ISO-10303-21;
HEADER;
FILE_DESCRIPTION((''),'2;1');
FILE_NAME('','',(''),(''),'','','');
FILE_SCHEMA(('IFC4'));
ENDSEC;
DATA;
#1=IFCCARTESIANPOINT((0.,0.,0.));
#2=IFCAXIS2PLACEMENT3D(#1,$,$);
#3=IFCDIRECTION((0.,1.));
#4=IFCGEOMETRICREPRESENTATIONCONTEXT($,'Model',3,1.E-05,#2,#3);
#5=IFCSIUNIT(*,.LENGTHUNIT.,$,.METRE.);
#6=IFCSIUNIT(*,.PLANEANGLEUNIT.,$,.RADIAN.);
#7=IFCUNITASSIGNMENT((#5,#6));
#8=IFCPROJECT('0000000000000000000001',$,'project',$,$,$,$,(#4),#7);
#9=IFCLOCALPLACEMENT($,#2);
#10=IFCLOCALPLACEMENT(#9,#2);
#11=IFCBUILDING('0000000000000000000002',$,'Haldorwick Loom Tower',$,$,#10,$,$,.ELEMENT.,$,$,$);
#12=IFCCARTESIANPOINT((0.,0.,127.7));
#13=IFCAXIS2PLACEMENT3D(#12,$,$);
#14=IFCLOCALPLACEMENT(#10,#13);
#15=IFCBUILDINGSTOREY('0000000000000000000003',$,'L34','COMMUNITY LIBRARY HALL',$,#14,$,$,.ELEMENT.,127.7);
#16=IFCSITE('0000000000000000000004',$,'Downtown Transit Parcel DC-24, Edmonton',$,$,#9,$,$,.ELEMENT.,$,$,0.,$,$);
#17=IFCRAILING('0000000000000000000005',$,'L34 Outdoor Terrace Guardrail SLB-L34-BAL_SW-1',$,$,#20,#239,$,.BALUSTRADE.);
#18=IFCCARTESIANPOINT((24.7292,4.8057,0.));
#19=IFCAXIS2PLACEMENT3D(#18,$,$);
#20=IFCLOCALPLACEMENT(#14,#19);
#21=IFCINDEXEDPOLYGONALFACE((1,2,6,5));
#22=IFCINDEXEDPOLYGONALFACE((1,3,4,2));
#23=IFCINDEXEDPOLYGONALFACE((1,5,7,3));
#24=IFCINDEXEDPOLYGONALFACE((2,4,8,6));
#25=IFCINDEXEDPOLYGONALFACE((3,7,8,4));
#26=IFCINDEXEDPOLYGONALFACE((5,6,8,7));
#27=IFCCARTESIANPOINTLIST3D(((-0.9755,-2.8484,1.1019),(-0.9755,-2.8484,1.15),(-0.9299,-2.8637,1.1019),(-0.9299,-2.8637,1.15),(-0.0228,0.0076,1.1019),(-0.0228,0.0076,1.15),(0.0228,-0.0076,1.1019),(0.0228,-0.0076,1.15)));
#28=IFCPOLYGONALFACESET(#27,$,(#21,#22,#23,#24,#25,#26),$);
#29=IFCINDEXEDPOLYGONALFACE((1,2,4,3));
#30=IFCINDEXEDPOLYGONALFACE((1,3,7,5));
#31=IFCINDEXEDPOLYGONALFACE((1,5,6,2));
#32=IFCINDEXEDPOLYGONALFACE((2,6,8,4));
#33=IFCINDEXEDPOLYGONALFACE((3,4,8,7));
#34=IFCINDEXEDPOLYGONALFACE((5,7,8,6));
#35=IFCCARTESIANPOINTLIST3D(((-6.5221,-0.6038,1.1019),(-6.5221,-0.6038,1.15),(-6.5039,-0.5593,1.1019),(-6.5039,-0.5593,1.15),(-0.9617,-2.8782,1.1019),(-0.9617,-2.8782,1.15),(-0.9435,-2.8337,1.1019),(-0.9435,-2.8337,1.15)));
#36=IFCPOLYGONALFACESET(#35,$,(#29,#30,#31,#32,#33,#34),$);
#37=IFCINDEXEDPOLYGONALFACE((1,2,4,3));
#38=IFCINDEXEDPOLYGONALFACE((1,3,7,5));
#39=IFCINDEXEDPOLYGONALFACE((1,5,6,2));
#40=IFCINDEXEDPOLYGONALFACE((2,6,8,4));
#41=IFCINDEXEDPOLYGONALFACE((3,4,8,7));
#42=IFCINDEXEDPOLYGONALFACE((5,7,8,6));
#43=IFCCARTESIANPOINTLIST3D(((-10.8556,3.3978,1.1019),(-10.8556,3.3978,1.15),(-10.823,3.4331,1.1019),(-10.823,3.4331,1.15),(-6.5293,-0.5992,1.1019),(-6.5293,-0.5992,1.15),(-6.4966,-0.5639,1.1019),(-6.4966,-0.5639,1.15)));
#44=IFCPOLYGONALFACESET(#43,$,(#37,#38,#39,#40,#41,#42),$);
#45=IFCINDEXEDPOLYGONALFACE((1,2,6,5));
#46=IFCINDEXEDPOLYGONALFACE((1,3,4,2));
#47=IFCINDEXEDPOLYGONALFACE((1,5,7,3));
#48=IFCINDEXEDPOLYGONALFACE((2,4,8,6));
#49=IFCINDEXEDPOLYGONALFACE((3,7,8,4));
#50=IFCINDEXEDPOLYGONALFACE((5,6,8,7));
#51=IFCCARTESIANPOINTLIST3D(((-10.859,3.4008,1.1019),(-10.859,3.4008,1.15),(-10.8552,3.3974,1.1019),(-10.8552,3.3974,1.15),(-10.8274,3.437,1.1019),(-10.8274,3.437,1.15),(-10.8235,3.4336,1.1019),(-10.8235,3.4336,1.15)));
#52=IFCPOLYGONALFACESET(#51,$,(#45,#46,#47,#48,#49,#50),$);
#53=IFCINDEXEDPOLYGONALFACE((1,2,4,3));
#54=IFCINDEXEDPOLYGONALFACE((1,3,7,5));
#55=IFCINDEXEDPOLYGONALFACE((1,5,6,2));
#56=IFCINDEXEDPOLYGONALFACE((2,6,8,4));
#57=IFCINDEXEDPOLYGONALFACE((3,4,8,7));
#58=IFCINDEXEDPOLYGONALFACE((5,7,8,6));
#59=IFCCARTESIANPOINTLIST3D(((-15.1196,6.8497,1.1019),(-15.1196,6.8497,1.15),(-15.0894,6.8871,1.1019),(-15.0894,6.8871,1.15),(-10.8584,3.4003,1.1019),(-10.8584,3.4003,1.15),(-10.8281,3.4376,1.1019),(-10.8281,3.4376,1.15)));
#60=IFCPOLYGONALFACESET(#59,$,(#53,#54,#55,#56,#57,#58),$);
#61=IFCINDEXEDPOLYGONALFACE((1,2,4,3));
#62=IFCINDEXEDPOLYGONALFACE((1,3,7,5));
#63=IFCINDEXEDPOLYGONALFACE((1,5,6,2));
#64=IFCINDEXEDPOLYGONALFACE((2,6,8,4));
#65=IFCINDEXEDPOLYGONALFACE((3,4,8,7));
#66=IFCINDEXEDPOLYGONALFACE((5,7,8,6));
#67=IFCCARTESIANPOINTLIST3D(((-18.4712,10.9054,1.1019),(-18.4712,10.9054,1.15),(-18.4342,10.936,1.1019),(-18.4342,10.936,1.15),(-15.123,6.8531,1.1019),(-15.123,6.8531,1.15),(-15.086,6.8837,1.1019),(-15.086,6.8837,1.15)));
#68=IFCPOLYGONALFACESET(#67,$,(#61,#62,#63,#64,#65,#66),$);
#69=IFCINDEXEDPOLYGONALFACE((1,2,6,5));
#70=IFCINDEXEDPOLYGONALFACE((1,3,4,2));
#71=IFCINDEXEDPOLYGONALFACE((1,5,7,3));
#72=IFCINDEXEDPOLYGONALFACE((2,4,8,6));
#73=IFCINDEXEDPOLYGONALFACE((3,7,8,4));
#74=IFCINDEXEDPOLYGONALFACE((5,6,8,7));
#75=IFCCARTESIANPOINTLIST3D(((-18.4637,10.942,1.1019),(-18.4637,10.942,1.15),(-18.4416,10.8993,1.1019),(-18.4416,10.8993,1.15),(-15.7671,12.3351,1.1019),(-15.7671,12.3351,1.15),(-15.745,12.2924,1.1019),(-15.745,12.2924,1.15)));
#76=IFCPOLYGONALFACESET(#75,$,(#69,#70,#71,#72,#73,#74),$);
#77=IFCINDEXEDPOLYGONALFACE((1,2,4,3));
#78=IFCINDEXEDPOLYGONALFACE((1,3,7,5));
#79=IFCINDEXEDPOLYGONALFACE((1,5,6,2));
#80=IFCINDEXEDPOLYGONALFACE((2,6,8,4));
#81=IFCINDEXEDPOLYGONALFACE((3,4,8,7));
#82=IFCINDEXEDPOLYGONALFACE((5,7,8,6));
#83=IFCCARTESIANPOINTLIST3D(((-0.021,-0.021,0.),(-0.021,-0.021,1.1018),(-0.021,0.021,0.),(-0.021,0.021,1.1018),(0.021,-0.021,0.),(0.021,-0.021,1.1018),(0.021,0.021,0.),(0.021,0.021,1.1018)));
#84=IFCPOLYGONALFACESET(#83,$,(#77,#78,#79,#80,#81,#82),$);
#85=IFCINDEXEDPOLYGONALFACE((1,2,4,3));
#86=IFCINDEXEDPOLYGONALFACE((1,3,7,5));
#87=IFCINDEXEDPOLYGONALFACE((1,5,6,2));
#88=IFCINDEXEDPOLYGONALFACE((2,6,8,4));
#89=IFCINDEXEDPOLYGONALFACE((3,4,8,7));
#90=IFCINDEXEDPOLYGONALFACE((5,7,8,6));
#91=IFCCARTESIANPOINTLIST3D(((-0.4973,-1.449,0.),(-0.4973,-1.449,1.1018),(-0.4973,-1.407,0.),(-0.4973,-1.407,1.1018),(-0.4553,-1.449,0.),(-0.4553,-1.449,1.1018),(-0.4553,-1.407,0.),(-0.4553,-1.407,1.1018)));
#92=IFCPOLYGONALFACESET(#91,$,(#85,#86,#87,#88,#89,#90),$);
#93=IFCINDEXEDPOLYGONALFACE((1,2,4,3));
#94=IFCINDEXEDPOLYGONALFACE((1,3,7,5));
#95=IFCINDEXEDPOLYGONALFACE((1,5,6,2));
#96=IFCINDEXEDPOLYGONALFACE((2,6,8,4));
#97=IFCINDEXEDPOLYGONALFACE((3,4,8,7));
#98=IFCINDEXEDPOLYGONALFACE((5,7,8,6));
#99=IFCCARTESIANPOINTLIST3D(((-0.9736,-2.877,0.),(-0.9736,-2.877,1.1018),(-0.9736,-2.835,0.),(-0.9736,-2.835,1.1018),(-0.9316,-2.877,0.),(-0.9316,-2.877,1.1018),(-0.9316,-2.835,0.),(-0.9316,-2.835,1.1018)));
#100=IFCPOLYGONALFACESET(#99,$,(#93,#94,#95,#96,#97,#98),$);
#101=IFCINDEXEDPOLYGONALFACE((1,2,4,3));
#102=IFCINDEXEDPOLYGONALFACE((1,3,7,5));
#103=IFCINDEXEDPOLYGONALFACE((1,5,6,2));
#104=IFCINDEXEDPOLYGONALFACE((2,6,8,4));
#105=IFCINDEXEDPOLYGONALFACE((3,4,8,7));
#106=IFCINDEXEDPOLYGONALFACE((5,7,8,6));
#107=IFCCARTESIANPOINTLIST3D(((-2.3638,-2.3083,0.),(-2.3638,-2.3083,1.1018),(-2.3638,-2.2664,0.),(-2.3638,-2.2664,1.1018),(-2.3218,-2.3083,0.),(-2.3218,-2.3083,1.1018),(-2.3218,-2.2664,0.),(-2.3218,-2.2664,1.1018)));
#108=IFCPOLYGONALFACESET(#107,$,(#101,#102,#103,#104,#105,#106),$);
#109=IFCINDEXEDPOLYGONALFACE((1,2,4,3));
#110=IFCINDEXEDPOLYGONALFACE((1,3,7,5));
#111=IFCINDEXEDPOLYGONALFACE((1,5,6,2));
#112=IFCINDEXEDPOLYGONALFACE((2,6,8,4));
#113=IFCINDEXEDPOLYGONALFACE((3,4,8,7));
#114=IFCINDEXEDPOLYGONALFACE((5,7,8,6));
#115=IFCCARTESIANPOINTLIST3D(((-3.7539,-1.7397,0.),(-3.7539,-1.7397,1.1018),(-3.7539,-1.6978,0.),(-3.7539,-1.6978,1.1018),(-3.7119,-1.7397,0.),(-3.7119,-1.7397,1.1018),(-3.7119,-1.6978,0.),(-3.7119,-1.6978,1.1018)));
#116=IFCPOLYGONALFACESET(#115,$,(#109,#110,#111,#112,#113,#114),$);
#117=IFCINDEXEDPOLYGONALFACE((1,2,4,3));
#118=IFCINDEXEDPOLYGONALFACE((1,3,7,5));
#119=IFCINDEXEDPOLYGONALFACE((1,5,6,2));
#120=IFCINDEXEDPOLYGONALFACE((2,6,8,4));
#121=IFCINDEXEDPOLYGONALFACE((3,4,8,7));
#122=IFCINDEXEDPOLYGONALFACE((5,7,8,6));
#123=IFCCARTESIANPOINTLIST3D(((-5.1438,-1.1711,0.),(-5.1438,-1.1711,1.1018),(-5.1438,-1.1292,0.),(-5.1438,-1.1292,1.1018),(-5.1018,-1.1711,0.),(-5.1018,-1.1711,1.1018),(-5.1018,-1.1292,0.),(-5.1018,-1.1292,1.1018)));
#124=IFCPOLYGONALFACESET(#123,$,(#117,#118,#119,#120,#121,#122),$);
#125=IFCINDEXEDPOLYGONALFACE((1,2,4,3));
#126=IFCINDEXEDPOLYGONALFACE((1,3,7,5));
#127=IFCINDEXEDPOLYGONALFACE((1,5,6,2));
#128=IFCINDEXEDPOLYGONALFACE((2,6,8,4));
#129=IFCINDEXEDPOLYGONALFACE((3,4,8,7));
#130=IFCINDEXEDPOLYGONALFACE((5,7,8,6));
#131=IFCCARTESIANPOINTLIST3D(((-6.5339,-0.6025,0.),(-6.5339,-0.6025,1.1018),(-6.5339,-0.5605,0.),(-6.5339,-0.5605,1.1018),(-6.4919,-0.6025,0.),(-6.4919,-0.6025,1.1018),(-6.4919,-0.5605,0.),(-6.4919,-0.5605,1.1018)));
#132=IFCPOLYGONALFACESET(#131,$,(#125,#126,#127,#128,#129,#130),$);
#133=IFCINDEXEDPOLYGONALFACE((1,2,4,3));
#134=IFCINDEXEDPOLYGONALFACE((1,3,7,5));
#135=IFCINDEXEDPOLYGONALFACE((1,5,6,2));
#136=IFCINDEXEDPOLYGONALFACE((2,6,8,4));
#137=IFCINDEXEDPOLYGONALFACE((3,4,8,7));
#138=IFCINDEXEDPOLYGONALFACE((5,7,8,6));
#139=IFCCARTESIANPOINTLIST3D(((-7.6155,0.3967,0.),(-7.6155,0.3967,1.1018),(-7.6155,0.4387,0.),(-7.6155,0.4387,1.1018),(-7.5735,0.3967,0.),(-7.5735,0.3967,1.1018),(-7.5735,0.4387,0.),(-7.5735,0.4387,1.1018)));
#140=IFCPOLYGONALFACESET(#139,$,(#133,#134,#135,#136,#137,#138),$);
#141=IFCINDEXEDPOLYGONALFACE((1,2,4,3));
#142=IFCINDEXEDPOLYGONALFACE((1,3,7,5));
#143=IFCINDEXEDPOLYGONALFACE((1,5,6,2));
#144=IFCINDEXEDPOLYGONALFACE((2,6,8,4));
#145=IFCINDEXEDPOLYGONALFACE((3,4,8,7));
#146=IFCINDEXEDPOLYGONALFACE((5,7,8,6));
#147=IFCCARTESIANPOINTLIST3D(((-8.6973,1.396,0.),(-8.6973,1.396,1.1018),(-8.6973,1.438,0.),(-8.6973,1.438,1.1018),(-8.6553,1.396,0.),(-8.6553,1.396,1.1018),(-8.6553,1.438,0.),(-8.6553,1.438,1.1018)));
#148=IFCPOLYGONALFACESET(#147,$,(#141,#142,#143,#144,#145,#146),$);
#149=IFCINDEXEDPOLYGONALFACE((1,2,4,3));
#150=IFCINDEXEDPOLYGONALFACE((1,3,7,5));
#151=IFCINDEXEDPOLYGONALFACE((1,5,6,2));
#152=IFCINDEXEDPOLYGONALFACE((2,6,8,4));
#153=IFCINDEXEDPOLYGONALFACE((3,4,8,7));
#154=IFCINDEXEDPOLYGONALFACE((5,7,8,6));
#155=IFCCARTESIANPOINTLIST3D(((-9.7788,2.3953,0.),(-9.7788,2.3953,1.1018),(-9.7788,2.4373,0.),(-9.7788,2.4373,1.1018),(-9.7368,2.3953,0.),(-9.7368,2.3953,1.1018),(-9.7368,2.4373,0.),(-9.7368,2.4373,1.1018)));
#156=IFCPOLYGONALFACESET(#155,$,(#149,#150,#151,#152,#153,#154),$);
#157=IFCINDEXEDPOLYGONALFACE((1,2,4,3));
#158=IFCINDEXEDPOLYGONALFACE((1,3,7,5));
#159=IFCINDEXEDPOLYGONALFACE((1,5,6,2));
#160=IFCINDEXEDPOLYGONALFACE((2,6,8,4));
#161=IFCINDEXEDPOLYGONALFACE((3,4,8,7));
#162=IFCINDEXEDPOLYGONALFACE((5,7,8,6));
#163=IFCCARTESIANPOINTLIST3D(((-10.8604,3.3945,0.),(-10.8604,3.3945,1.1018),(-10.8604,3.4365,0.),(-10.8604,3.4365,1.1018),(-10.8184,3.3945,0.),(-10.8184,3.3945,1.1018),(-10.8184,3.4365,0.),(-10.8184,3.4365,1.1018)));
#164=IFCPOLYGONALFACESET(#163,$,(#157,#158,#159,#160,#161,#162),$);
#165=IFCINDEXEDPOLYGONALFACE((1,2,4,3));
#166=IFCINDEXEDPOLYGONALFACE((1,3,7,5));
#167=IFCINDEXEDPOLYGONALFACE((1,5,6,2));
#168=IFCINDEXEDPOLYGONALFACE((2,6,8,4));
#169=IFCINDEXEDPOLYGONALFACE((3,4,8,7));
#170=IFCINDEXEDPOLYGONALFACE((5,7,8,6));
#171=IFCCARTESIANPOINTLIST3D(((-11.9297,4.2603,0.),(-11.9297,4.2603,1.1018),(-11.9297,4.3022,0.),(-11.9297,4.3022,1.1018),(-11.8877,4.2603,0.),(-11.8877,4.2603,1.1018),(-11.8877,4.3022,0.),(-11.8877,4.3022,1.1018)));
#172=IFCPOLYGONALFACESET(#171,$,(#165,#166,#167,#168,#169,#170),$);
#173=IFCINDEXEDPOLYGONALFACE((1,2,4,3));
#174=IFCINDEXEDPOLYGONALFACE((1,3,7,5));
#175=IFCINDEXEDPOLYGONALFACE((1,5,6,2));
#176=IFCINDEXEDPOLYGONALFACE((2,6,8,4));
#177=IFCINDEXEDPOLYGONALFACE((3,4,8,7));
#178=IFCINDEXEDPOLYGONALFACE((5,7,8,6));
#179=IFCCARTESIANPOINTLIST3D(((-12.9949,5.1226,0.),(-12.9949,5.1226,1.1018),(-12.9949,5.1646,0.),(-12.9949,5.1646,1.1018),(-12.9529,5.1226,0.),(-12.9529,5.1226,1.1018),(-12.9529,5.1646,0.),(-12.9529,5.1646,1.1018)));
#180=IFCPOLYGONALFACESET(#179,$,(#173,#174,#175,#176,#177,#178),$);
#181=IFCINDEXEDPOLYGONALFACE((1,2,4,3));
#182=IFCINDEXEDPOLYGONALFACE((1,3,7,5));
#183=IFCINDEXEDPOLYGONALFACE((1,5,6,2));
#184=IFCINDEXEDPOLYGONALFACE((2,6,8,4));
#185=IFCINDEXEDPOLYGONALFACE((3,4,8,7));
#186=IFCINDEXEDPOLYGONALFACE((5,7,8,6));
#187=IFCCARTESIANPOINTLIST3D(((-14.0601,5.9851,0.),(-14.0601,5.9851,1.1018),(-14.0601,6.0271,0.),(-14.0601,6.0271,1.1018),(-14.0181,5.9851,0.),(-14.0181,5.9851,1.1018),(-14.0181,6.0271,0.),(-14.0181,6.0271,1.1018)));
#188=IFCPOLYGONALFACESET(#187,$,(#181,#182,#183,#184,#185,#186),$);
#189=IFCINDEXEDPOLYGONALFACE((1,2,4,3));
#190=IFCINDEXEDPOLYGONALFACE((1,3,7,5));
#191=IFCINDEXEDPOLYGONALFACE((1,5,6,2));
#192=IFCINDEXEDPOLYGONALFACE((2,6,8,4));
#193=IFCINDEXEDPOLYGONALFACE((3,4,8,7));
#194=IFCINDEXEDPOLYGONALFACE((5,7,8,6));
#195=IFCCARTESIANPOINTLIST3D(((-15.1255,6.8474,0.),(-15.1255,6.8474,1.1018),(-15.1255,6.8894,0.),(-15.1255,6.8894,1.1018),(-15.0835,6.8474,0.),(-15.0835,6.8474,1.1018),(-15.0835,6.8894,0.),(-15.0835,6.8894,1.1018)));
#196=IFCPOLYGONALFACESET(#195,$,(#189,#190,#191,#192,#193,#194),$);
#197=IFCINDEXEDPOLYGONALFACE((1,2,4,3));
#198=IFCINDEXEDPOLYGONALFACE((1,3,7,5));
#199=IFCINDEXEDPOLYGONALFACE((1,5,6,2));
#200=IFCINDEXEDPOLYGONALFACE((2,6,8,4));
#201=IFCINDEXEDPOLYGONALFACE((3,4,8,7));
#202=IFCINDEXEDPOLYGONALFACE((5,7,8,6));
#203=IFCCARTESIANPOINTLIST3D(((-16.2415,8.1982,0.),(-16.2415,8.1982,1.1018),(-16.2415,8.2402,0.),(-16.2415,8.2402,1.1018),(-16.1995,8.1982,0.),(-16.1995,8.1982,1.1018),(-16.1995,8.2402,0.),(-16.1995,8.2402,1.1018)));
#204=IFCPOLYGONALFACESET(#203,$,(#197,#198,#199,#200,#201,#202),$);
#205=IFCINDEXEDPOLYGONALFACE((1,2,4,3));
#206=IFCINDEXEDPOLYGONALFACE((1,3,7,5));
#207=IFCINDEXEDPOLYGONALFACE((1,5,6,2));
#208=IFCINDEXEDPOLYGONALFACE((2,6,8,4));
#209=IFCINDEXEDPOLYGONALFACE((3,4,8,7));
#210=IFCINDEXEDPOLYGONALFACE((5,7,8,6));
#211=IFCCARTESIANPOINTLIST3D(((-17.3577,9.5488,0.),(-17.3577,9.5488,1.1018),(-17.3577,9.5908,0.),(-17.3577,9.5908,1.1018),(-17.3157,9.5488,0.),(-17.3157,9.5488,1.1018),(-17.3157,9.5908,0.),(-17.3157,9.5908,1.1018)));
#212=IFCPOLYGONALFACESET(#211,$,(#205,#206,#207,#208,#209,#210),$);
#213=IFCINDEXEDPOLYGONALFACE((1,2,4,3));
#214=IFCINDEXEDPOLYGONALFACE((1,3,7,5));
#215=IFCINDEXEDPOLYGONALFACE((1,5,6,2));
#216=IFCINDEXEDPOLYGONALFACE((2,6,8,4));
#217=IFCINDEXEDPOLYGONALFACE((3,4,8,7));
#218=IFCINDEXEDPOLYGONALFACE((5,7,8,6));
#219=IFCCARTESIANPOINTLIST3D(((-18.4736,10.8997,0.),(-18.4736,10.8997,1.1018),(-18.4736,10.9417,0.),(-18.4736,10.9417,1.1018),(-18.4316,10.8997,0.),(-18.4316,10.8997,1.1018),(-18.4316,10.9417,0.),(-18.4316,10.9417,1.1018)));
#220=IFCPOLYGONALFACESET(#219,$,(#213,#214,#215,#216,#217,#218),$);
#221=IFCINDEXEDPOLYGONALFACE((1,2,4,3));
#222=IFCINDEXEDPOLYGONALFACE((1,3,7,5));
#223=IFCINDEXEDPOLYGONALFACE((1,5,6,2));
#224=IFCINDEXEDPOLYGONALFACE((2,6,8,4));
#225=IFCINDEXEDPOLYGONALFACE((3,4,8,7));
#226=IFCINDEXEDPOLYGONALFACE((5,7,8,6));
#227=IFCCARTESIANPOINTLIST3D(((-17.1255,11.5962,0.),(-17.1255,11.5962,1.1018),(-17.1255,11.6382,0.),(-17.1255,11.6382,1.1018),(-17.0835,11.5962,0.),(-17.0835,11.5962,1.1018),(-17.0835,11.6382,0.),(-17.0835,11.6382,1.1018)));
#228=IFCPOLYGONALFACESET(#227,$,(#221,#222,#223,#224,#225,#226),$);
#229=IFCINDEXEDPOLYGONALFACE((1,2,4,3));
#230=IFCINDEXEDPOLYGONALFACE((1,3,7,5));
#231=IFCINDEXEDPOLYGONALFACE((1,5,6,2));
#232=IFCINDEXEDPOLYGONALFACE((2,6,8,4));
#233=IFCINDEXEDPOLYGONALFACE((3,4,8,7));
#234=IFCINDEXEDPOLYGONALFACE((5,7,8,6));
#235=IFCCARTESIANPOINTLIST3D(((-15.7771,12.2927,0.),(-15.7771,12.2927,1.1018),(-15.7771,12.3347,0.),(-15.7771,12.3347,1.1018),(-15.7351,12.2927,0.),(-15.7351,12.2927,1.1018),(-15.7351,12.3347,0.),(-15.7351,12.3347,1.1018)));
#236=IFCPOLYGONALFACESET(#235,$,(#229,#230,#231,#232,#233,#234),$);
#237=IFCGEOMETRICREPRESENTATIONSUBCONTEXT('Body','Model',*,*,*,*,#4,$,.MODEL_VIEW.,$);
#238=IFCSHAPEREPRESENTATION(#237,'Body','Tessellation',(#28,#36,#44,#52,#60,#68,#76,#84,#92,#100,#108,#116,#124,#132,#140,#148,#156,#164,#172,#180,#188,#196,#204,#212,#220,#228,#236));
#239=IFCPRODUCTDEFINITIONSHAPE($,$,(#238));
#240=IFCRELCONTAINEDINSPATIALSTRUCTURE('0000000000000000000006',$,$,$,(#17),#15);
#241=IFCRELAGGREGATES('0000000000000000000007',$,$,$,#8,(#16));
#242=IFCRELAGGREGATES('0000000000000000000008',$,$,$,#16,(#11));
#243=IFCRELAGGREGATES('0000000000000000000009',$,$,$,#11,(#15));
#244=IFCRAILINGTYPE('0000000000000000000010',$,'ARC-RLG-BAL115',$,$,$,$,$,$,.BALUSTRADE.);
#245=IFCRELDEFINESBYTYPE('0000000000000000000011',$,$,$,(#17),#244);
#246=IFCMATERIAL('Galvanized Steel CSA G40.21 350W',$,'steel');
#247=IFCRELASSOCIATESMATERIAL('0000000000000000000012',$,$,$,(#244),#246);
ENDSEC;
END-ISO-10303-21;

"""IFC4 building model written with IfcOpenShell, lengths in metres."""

from ifc_helpers import new_model, si_unit, direction, frame, origin, origin_2d, place, context, subcontext, project, spatial, rectangle, extrude, material, type_object, element, save


model = new_model("IFC4")

# Units and contexts
model_context = context("Model", 3, precision=1e-05, world=origin(), true_north=direction((0.0, 1.0)))
body_context = subcontext(model_context, "Body", "Model", "MODEL_VIEW")
ifc_project = project(units=[si_unit("LENGTHUNIT", "METRE"), si_unit("PLANEANGLEUNIT", "RADIAN")], contexts=[model_context])

# Site, building, storey
site_placement = place(None, origin())
site = spatial("IfcSite", under=ifc_project, at=site_placement, Name="Downtown Transit Parcel DC-24, Edmonton", CompositionType="ELEMENT", RefElevation=0.0)
building_placement = place(site_placement, origin())
building = spatial("IfcBuilding", under=site, at=building_placement, Name="Haldorwick Loom Tower", CompositionType="ELEMENT")
storey_placement = place(building_placement, frame((0.0, 0.0, 127.7)))
storey = spatial("IfcBuildingStorey", under=building, at=storey_placement, Name="L34", Description="COMMUNITY LIBRARY HALL", CompositionType="ELEMENT", Elevation=127.7)

# Railing
ifc_material_1 = material(Name="Galvanized Steel CSA G40.21 350W", Category="steel")
railing_type = type_object("IfcRailingType", Name="ARC-RLG-BAL115", PredefinedType="BALUSTRADE", material=ifc_material_1)
railing_placement = place(storey_placement, frame((24.7292, 4.8057, 0.0)))
element("IfcRailing", 1, at=railing_placement, inside=storey, type_object=railing_type, Name="L34 Outdoor Terrace Guardrail SLB-L34-BAL_SW-1", PredefinedType="BALUSTRADE", context=body_context, shape_type="SweptSolid", body=[
    extrude(rectangle(XDim=0.0481, YDim=0.0481, at=origin_2d()), frame((0.0, 0.0, 1.126), z_axis=(-0.316422, -0.948618, 0.0), x_axis=(0.948618, -0.316422, 0.0)), (0.0, 0.0, 1.0), 3.0107),
    extrude(rectangle(XDim=0.0481, YDim=0.0481, at=origin_2d()), frame((-0.9526, -2.856, 1.126), z_axis=(-0.925562, 0.378596, 0.0), x_axis=(-0.378596, -0.925562, 0.0)), (0.0, 0.0, 1.0), 6.0076),
    extrude(rectangle(XDim=0.0481, YDim=0.0481, at=origin_2d()), frame((-6.5129, -0.5815, 1.126), z_axis=(-0.734511, 0.678597, 0.0), x_axis=(-0.678597, -0.734511, 0.0)), (0.0, 0.0, 1.0), 5.8901),
    extrude(rectangle(XDim=0.0481, YDim=0.0481, at=origin_2d()), frame((-10.8394, 3.4155, 1.126), z_axis=(-0.752577, 0.658505, 0.0), x_axis=(-0.658505, -0.752577, 0.0)), (0.0, 0.0, 1.0), 0.0051),
    extrude(rectangle(XDim=0.0481, YDim=0.0481, at=origin_2d()), frame((-10.8433, 3.4189, 1.126), z_axis=(-0.777254, 0.629187, 0.0), x_axis=(-0.629187, -0.777254, 0.0)), (0.0, 0.0, 1.0), 5.4824),
    extrude(rectangle(XDim=0.0481, YDim=0.0481, at=origin_2d()), frame((-15.1045, 6.8684, 1.126), z_axis=(-0.636953, 0.770902, 0.0), x_axis=(-0.770902, -0.636953, 0.0)), (0.0, 0.0, 1.0), 5.2566),
    extrude(rectangle(XDim=0.0481, YDim=0.0481, at=origin_2d()), frame((-18.4526, 10.9207, 1.126), z_axis=(0.888445, 0.458983, 0.0), x_axis=(-0.458983, 0.888445, 0.0)), (0.0, 0.0, 1.0), 3.0352),
    extrude(rectangle(XDim=0.042, YDim=0.042, at=origin_2d()), origin(), (0.0, 0.0, 1.0), 1.1018),
    extrude(rectangle(XDim=0.042, YDim=0.042, at=origin_2d()), frame((-0.4763, -1.428, 0.0)), (0.0, 0.0, 1.0), 1.1018),
    extrude(rectangle(XDim=0.042, YDim=0.042, at=origin_2d()), frame((-0.9526, -2.856, 0.0)), (0.0, 0.0, 1.0), 1.1018),
    extrude(rectangle(XDim=0.042, YDim=0.042, at=origin_2d()), frame((-2.3428, -2.2874, 0.0)), (0.0, 0.0, 1.0), 1.1018),
    extrude(rectangle(XDim=0.042, YDim=0.042, at=origin_2d()), frame((-3.7329, -1.7188, 0.0)), (0.0, 0.0, 1.0), 1.1018),
    extrude(rectangle(XDim=0.042, YDim=0.042, at=origin_2d()), frame((-5.1228, -1.1501, 0.0)), (0.0, 0.0, 1.0), 1.1018),
    extrude(rectangle(XDim=0.042, YDim=0.042, at=origin_2d()), frame((-6.5129, -0.5815, 0.0)), (0.0, 0.0, 1.0), 1.1018),
    extrude(rectangle(XDim=0.042, YDim=0.042, at=origin_2d()), frame((-7.5945, 0.4177, 0.0)), (0.0, 0.0, 1.0), 1.1018),
    extrude(rectangle(XDim=0.042, YDim=0.042, at=origin_2d()), frame((-8.6763, 1.417, 0.0)), (0.0, 0.0, 1.0), 1.1018),
    extrude(rectangle(XDim=0.042, YDim=0.042, at=origin_2d()), frame((-9.7578, 2.4163, 0.0)), (0.0, 0.0, 1.0), 1.1018),
    extrude(rectangle(XDim=0.042, YDim=0.042, at=origin_2d()), frame((-10.8394, 3.4155, 0.0)), (0.0, 0.0, 1.0), 1.1018),
    extrude(rectangle(XDim=0.042, YDim=0.042, at=origin_2d()), frame((-11.9087, 4.2812, 0.0)), (0.0, 0.0, 1.0), 1.1018),
    extrude(rectangle(XDim=0.042, YDim=0.042, at=origin_2d()), frame((-12.9739, 5.1436, 0.0)), (0.0, 0.0, 1.0), 1.1018),
    extrude(rectangle(XDim=0.042, YDim=0.042, at=origin_2d()), frame((-14.0391, 6.0061, 0.0)), (0.0, 0.0, 1.0), 1.1018),
    extrude(rectangle(XDim=0.042, YDim=0.042, at=origin_2d()), frame((-15.1045, 6.8684, 0.0)), (0.0, 0.0, 1.0), 1.1018),
    extrude(rectangle(XDim=0.042, YDim=0.042, at=origin_2d()), frame((-16.2205, 8.2192, 0.0)), (0.0, 0.0, 1.0), 1.1018),
    extrude(rectangle(XDim=0.042, YDim=0.042, at=origin_2d()), frame((-17.3367, 9.5698, 0.0)), (0.0, 0.0, 1.0), 1.1018),
    extrude(rectangle(XDim=0.042, YDim=0.042, at=origin_2d()), frame((-18.4526, 10.9207, 0.0)), (0.0, 0.0, 1.0), 1.1018),
    extrude(rectangle(XDim=0.042, YDim=0.042, at=origin_2d()), frame((-17.1045, 11.6172, 0.0)), (0.0, 0.0, 1.0), 1.1018),
    extrude(rectangle(XDim=0.042, YDim=0.042, at=origin_2d()), frame((-15.7561, 12.3137, 0.0)), (0.0, 0.0, 1.0), 1.1018),
])

save(model, "model.ifc")
